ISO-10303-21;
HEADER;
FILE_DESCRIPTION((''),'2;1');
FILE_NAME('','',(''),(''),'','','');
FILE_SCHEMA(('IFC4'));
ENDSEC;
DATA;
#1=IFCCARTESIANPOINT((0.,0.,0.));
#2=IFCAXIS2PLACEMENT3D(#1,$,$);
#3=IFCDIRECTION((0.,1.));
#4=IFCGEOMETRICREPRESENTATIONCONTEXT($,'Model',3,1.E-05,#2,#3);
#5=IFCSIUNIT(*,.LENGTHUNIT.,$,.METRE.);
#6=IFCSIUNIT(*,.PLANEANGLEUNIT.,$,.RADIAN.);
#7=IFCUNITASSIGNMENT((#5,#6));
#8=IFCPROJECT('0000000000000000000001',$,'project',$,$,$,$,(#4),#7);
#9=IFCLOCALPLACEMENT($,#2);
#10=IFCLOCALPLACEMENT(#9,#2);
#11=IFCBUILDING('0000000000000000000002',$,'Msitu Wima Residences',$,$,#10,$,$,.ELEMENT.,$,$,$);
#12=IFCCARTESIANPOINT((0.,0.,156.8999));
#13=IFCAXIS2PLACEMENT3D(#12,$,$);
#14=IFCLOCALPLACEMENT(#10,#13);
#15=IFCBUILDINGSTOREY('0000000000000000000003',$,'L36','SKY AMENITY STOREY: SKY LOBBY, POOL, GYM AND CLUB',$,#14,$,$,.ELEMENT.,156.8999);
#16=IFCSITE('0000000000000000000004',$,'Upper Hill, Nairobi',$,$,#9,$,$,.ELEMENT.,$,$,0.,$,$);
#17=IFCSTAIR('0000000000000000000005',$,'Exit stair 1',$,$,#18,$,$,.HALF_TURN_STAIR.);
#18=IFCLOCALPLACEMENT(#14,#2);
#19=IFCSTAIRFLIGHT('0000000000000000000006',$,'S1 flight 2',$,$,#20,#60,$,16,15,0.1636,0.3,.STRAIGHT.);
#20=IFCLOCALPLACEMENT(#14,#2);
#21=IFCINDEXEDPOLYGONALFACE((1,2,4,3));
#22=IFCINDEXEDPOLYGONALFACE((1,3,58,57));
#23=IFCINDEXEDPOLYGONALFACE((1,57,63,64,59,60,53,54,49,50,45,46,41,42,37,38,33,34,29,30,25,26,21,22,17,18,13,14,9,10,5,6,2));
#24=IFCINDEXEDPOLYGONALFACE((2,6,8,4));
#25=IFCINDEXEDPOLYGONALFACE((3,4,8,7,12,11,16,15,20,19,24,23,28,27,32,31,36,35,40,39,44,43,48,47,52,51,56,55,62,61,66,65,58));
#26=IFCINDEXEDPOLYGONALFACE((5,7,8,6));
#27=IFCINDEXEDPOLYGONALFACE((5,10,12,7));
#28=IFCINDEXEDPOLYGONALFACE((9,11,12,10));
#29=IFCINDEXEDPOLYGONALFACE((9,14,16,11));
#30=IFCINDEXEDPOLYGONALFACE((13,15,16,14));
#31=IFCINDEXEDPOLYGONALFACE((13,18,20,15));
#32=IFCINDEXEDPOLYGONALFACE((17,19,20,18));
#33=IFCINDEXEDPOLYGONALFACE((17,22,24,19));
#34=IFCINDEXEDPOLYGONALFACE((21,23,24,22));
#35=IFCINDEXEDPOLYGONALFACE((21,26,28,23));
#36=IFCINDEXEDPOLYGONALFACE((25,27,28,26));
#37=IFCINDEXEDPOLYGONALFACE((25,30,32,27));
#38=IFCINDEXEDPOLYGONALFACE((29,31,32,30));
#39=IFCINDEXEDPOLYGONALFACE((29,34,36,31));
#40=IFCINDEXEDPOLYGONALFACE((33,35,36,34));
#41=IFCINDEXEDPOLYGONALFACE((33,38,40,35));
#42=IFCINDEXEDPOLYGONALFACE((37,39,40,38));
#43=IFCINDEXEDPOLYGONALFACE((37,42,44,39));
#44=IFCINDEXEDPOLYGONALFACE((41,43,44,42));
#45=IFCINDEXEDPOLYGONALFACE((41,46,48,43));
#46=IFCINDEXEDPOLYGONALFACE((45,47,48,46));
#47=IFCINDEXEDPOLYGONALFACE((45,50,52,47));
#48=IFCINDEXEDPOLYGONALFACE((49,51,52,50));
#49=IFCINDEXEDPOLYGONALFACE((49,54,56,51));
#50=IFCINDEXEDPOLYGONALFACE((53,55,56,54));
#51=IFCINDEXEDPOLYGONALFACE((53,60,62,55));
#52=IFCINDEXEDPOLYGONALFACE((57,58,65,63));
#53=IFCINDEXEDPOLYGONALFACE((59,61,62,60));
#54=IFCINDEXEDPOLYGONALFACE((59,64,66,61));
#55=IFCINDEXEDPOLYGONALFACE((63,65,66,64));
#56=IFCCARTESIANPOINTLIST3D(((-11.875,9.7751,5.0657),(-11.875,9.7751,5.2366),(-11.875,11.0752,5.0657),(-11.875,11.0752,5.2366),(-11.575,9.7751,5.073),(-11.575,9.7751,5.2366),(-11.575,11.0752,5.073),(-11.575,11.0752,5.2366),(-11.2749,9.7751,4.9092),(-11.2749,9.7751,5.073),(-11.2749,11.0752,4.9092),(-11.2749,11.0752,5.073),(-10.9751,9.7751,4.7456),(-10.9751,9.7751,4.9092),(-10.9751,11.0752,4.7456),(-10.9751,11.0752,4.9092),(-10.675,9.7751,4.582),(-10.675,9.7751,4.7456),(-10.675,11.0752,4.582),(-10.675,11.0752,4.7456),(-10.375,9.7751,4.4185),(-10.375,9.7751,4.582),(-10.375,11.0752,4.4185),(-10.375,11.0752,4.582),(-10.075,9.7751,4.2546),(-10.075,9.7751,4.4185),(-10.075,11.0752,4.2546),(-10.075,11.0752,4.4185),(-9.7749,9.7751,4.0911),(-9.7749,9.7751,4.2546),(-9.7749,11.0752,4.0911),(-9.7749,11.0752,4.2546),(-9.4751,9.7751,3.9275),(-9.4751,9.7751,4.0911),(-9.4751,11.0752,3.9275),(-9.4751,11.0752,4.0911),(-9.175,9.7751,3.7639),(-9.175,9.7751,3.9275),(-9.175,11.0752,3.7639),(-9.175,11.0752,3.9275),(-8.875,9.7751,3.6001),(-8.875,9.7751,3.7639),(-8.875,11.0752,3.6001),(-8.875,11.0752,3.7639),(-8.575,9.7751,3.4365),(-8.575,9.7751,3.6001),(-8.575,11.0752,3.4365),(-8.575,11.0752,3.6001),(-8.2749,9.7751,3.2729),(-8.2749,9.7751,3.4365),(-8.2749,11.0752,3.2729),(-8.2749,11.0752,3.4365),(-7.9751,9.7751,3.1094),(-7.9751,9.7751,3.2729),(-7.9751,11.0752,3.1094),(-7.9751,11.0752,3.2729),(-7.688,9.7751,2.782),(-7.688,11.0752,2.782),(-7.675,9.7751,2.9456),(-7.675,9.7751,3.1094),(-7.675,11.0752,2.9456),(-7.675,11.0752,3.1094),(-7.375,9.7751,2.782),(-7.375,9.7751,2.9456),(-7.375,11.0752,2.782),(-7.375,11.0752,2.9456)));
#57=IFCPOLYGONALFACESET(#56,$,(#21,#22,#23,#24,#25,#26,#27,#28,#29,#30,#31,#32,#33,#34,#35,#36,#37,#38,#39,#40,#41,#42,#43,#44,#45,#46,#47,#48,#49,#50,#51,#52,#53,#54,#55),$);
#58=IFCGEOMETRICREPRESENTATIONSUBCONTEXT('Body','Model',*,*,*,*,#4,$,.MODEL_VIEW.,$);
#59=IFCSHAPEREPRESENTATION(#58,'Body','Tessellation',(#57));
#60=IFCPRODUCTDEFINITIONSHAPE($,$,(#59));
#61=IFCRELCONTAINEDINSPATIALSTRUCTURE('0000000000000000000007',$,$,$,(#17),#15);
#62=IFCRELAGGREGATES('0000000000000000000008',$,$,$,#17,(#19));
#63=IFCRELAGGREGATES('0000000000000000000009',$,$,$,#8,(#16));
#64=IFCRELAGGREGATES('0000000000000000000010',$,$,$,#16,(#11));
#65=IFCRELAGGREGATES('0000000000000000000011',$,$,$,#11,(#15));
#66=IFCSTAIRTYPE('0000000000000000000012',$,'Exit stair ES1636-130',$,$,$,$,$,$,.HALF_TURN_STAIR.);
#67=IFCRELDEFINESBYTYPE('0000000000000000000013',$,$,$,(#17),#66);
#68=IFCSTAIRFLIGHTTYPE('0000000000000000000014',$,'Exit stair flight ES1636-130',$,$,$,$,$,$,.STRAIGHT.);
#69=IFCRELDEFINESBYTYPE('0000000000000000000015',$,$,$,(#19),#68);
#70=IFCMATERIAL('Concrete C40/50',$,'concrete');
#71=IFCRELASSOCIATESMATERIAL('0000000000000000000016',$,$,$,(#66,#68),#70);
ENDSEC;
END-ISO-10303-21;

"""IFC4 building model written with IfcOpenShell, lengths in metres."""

from ifc_helpers import new_model, si_unit, direction, frame, origin, place, context, subcontext, project, spatial, polyline, outline, extrude, material, type_object, element, aggregate, save


model = new_model("IFC4")

# Units and contexts
model_context = context("Model", 3, precision=1e-05, world=origin(), true_north=direction((0.0, 1.0)))
body_context = subcontext(model_context, "Body", "Model", "MODEL_VIEW")
ifc_project = project(units=[si_unit("LENGTHUNIT", "METRE"), si_unit("PLANEANGLEUNIT", "RADIAN")], contexts=[model_context])

# Site, building, storey
site_placement = place(None, origin())
site = spatial("IfcSite", under=ifc_project, at=site_placement, Name="Upper Hill, Nairobi", CompositionType="ELEMENT", RefElevation=0.0)
building_placement = place(site_placement, origin())
building = spatial("IfcBuilding", under=site, at=building_placement, Name="Msitu Wima Residences", CompositionType="ELEMENT")
storey_placement = place(building_placement, frame((0.0, 0.0, 156.8999)))
storey = spatial("IfcBuildingStorey", under=building, at=storey_placement, Name="L36", Description="SKY AMENITY STOREY: SKY LOBBY, POOL, GYM AND CLUB", CompositionType="ELEMENT", Elevation=156.8999)

# Shared definitions
ifc_material_1 = material(Name="Concrete C40/50", Category="concrete")

# Stair, stair flight
stair_type = type_object("IfcStairType", Name="Exit stair ES1636-130", PredefinedType="HALF_TURN_STAIR", material=ifc_material_1)
stair_placement = place(storey_placement, origin())
stair = element("IfcStair", 1, at=stair_placement, inside=storey, type_object=stair_type, Name="Exit stair 1", PredefinedType="HALF_TURN_STAIR")
stair_flight_type = type_object("IfcStairFlightType", Name="Exit stair flight ES1636-130", PredefinedType="STRAIGHT", material=ifc_material_1)
stair_flight_1_placement = place(storey_placement, frame((-7.375, 10.425, 2.782), z_axis=(0.0, 0.0, 1.0), x_axis=(-1.0, 0.0, 0.0)))
stair_flight_1 = element("IfcStairFlight", 2, at=stair_flight_1_placement, type_object=stair_flight_type, Name="S1 flight 2", NumberOfRisers=16, NumberOfTreads=15, PredefinedType="STRAIGHT", RiserHeight=0.1636, TreadLength=0.3, context=body_context, shape_type="SweptSolid", body=[
    extrude(outline(polyline([(0.0, 0.0), (0.0, 0.1636), (0.3, 0.1636), (0.3, 0.3274), (0.6001, 0.3274), (0.6001, 0.491), (0.8999, 0.491), (0.8999, 0.6545), (1.2, 0.6545), (1.2, 0.8181), (1.5, 0.8181), (1.5, 0.9819), (1.8, 0.9819), (1.8, 1.1455), (2.1001, 1.1455), (2.1001, 1.3091), (2.3999, 1.3091), (2.3999, 1.4727), (2.7, 1.4727), (2.7, 1.6365), (3.0, 1.6365), (3.0, 1.8), (3.3, 1.8), (3.3, 1.9636), (3.6001, 1.9636), (3.6001, 2.1272), (3.8999, 2.1272), (3.8999, 2.291), (4.2, 2.291), (4.2, 2.4546), (4.5, 2.4546), (4.5, 2.6182), (4.5, 2.2837), (0.313, 0.0), (0.0, 0.0)])), frame((0.0, 0.6499, 0.0), z_axis=(0.0, -1.0, 0.0), x_axis=(1.0, 0.0, 0.0)), (0.0, 0.0, 1.0), 1.3),
])
aggregate(stair, [stair_flight_1])

save(model, "model.ifc")
